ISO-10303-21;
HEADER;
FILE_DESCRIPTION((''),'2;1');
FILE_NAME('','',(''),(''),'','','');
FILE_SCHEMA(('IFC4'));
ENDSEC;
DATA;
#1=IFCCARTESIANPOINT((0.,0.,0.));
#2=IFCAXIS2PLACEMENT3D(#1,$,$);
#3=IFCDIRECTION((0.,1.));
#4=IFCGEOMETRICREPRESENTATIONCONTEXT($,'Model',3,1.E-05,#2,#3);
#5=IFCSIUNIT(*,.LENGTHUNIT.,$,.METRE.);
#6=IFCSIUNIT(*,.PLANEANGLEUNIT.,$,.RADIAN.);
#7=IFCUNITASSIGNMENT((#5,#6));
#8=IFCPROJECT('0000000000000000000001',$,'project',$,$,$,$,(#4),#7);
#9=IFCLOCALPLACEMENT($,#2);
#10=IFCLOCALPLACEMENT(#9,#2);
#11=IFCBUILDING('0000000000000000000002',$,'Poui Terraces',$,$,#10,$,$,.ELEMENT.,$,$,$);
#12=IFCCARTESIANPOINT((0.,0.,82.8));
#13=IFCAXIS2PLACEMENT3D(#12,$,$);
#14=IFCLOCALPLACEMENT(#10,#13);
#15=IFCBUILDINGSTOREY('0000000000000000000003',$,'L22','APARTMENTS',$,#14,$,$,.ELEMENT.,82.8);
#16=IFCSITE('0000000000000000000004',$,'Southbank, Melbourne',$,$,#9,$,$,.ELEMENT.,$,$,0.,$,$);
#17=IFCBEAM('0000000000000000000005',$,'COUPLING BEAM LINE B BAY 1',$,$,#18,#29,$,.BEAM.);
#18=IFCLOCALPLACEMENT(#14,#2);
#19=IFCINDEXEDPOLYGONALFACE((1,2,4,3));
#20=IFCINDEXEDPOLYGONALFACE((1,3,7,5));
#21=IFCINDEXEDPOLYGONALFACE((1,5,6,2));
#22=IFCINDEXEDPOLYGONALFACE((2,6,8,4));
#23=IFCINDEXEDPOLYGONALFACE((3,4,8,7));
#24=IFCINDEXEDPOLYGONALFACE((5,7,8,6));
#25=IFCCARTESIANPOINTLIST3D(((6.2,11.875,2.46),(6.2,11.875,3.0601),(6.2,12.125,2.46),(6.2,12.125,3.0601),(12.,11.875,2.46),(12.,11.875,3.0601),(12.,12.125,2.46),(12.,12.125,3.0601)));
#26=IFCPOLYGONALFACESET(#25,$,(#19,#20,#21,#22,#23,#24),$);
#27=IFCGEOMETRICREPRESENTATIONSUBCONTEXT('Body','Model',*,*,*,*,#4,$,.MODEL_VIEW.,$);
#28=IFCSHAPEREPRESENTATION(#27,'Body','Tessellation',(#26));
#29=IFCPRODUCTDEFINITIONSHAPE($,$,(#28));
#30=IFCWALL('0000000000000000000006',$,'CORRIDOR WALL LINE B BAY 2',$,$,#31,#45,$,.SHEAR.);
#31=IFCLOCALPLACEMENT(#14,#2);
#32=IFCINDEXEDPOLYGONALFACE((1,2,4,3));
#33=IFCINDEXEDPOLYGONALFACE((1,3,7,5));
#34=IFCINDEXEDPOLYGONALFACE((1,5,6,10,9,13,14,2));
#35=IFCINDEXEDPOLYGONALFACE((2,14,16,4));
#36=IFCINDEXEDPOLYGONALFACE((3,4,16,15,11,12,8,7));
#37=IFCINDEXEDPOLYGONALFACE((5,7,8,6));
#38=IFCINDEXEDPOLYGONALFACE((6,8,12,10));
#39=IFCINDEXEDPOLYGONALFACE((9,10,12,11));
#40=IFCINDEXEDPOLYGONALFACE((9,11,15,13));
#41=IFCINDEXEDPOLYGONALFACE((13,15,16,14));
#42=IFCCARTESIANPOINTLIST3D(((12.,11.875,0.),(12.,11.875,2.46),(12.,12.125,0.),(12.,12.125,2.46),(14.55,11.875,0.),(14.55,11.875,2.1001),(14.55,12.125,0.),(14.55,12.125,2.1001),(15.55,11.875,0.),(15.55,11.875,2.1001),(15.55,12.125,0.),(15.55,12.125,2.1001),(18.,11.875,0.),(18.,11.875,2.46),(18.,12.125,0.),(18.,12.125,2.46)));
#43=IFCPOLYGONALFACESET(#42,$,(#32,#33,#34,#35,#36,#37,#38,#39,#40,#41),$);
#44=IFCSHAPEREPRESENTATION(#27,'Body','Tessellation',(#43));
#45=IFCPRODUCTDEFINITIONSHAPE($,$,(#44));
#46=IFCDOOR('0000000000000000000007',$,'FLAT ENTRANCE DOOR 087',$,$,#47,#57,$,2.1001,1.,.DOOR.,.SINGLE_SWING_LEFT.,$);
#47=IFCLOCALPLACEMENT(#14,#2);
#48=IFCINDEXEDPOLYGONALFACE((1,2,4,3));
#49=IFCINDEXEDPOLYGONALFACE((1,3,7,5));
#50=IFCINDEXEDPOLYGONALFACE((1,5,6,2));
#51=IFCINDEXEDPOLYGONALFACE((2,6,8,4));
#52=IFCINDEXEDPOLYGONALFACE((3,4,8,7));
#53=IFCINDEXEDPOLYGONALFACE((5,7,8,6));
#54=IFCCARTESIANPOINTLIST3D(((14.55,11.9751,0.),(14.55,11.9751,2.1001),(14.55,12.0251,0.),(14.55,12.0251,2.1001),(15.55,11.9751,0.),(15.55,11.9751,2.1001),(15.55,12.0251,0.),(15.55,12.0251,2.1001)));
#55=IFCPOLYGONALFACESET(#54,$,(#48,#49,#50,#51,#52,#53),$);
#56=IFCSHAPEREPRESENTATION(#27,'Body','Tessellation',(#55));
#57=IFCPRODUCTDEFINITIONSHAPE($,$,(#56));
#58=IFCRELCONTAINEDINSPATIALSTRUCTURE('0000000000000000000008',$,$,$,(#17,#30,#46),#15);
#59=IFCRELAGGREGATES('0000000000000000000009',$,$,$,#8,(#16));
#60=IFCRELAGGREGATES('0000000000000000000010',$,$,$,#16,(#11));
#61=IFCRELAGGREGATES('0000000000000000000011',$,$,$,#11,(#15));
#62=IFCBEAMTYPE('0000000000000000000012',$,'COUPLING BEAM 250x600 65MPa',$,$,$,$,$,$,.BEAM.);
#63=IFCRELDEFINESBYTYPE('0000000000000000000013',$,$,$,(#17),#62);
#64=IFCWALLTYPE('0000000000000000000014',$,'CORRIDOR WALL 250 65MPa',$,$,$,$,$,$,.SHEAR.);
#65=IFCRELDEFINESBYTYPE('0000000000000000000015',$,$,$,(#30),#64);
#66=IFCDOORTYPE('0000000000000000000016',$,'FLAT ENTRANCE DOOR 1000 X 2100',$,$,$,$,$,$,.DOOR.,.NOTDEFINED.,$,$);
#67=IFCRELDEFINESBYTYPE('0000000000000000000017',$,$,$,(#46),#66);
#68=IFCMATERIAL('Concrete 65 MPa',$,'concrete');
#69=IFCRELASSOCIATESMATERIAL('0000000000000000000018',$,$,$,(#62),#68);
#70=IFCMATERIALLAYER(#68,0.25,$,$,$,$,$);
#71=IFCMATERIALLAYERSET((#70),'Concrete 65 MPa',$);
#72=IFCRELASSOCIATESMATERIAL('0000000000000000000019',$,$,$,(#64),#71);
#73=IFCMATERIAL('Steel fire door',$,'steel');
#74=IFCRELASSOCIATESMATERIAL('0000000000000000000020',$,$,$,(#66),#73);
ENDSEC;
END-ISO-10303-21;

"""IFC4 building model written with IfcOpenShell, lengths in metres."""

from ifc_helpers import new_model, si_unit, direction, frame, frame_2d, origin, origin_2d, place, context, subcontext, project, spatial, rectangle, extrude, source, transform, mapped, material, layer, layer_set, material_profile, profile_set, type_object, element, fill, save


model = new_model("IFC4")

# Units and contexts
model_context = context("Model", 3, precision=1e-05, world=origin(), true_north=direction((0.0, 1.0)))
body_context = subcontext(model_context, "Body", "Model", "MODEL_VIEW")
ifc_project = project(units=[si_unit("LENGTHUNIT", "METRE"), si_unit("PLANEANGLEUNIT", "RADIAN")], contexts=[model_context])

# Site, building, storey
site_placement = place(None, origin())
site = spatial("IfcSite", under=ifc_project, at=site_placement, Name="Southbank, Melbourne", CompositionType="ELEMENT", RefElevation=0.0)
building_placement = place(site_placement, origin())
building = spatial("IfcBuilding", under=site, at=building_placement, Name="Poui Terraces", CompositionType="ELEMENT")
storey_placement = place(building_placement, frame((0.0, 0.0, 82.8)))
storey = spatial("IfcBuildingStorey", under=building, at=storey_placement, Name="L22", Description="APARTMENTS", CompositionType="ELEMENT", Elevation=82.8)

# Beam
ifc_material_1 = material(Name="Concrete 65 MPa", Category="concrete")
ifc_material_profile = material_profile(ifc_material_1, rectangle(XDim=0.25, YDim=0.6001, at=origin_2d()), Name="RC 250x600")
ifc_profile_set = profile_set([ifc_material_profile], Name="Concrete 65 MPa")
beam_type = type_object("IfcBeamType", Name="COUPLING BEAM 250x600 65MPa", PredefinedType="BEAM", material=ifc_profile_set)
shared_shape = source(origin(), body_context, "Body", "SweptSolid", [
    extrude(rectangle(XDim=0.25, YDim=0.6001, at=origin_2d()), origin(), (0.0, 0.0, 1.0), 5.8),
])
beam_placement = place(storey_placement, frame((6.2, 12.0, 2.76), z_axis=(1.0, 0.0, 0.0), x_axis=(0.0, 1.0, 0.0)))
element("IfcBeam", 1, at=beam_placement, inside=storey, type_object=beam_type, Name="COUPLING BEAM LINE B BAY 1", PredefinedType="BEAM", context=body_context, shape_type="MappedRepresentation", body=[
    mapped(shared_shape, transform((0.0, 0.0, 0.0))),
])

# Wall, opening, door
ifc_layer_1 = layer(ifc_material_1, 0.25)
ifc_layer_set_1 = layer_set([ifc_layer_1], Name="Concrete 65 MPa")
wall_type_1 = type_object("IfcWallType", Name="CORRIDOR WALL 250 65MPa", PredefinedType="SHEAR", material=ifc_layer_set_1)
wall_1_placement = place(storey_placement, frame((12.0, 12.0, 0.0), z_axis=(0.0, 0.0, 1.0), x_axis=(1.0, 0.0, 0.0)))
wall_1 = element("IfcWall", 2, at=wall_1_placement, inside=storey, type_object=wall_type_1, Name="CORRIDOR WALL LINE B BAY 2", PredefinedType="SHEAR", context=body_context, shape_type="SweptSolid", body=[
    extrude(rectangle(XDim=6.0, YDim=0.25, at=frame_2d((3.0, 0.0))), origin(), (0.0, 0.0, 1.0), 2.46),
])
opening_1_placement = place(wall_1_placement, frame((2.55, 0.0, 0.0)))
opening_1 = element("IfcOpeningElement", 3, at=opening_1_placement, cuts=wall_1, PredefinedType="OPENING", context=body_context, shape_type="SweptSolid", body=[
    extrude(rectangle(XDim=1.0, YDim=2.1001, at=frame_2d((0.5, 1.05))), frame((0.0, 0.135, 0.0), z_axis=(0.0, -1.0, 0.0), x_axis=(1.0, 0.0, 0.0)), (0.0, 0.0, 1.0), 0.27),
])
ifc_material_2 = material(Name="Steel fire door", Category="steel")
door_type_1 = type_object("IfcDoorType", Name="FLAT ENTRANCE DOOR 1000 X 2100", OperationType="NOTDEFINED", PredefinedType="DOOR", material=ifc_material_2)
door_1_placement = place(opening_1_placement, frame((1.0, 0.0, 0.0), z_axis=(0.0, 0.0, 1.0), x_axis=(-1.0, 0.0, 0.0)))
door_1 = element("IfcDoor", 4, at=door_1_placement, inside=storey, type_object=door_type_1, Name="FLAT ENTRANCE DOOR 087", OperationType="SINGLE_SWING_LEFT", OverallHeight=2.1001, OverallWidth=1.0, PredefinedType="DOOR", context=body_context, shape_type="SweptSolid", body=[
    extrude(rectangle(XDim=1.0, YDim=2.1001, at=frame_2d((0.5, 1.05))), frame((0.0, 0.0249, 0.0), z_axis=(0.0, -1.0, 0.0), x_axis=(1.0, 0.0, 0.0)), (0.0, 0.0, 1.0), 0.05),
])
fill(opening_1, door_1)

save(model, "model.ifc")
